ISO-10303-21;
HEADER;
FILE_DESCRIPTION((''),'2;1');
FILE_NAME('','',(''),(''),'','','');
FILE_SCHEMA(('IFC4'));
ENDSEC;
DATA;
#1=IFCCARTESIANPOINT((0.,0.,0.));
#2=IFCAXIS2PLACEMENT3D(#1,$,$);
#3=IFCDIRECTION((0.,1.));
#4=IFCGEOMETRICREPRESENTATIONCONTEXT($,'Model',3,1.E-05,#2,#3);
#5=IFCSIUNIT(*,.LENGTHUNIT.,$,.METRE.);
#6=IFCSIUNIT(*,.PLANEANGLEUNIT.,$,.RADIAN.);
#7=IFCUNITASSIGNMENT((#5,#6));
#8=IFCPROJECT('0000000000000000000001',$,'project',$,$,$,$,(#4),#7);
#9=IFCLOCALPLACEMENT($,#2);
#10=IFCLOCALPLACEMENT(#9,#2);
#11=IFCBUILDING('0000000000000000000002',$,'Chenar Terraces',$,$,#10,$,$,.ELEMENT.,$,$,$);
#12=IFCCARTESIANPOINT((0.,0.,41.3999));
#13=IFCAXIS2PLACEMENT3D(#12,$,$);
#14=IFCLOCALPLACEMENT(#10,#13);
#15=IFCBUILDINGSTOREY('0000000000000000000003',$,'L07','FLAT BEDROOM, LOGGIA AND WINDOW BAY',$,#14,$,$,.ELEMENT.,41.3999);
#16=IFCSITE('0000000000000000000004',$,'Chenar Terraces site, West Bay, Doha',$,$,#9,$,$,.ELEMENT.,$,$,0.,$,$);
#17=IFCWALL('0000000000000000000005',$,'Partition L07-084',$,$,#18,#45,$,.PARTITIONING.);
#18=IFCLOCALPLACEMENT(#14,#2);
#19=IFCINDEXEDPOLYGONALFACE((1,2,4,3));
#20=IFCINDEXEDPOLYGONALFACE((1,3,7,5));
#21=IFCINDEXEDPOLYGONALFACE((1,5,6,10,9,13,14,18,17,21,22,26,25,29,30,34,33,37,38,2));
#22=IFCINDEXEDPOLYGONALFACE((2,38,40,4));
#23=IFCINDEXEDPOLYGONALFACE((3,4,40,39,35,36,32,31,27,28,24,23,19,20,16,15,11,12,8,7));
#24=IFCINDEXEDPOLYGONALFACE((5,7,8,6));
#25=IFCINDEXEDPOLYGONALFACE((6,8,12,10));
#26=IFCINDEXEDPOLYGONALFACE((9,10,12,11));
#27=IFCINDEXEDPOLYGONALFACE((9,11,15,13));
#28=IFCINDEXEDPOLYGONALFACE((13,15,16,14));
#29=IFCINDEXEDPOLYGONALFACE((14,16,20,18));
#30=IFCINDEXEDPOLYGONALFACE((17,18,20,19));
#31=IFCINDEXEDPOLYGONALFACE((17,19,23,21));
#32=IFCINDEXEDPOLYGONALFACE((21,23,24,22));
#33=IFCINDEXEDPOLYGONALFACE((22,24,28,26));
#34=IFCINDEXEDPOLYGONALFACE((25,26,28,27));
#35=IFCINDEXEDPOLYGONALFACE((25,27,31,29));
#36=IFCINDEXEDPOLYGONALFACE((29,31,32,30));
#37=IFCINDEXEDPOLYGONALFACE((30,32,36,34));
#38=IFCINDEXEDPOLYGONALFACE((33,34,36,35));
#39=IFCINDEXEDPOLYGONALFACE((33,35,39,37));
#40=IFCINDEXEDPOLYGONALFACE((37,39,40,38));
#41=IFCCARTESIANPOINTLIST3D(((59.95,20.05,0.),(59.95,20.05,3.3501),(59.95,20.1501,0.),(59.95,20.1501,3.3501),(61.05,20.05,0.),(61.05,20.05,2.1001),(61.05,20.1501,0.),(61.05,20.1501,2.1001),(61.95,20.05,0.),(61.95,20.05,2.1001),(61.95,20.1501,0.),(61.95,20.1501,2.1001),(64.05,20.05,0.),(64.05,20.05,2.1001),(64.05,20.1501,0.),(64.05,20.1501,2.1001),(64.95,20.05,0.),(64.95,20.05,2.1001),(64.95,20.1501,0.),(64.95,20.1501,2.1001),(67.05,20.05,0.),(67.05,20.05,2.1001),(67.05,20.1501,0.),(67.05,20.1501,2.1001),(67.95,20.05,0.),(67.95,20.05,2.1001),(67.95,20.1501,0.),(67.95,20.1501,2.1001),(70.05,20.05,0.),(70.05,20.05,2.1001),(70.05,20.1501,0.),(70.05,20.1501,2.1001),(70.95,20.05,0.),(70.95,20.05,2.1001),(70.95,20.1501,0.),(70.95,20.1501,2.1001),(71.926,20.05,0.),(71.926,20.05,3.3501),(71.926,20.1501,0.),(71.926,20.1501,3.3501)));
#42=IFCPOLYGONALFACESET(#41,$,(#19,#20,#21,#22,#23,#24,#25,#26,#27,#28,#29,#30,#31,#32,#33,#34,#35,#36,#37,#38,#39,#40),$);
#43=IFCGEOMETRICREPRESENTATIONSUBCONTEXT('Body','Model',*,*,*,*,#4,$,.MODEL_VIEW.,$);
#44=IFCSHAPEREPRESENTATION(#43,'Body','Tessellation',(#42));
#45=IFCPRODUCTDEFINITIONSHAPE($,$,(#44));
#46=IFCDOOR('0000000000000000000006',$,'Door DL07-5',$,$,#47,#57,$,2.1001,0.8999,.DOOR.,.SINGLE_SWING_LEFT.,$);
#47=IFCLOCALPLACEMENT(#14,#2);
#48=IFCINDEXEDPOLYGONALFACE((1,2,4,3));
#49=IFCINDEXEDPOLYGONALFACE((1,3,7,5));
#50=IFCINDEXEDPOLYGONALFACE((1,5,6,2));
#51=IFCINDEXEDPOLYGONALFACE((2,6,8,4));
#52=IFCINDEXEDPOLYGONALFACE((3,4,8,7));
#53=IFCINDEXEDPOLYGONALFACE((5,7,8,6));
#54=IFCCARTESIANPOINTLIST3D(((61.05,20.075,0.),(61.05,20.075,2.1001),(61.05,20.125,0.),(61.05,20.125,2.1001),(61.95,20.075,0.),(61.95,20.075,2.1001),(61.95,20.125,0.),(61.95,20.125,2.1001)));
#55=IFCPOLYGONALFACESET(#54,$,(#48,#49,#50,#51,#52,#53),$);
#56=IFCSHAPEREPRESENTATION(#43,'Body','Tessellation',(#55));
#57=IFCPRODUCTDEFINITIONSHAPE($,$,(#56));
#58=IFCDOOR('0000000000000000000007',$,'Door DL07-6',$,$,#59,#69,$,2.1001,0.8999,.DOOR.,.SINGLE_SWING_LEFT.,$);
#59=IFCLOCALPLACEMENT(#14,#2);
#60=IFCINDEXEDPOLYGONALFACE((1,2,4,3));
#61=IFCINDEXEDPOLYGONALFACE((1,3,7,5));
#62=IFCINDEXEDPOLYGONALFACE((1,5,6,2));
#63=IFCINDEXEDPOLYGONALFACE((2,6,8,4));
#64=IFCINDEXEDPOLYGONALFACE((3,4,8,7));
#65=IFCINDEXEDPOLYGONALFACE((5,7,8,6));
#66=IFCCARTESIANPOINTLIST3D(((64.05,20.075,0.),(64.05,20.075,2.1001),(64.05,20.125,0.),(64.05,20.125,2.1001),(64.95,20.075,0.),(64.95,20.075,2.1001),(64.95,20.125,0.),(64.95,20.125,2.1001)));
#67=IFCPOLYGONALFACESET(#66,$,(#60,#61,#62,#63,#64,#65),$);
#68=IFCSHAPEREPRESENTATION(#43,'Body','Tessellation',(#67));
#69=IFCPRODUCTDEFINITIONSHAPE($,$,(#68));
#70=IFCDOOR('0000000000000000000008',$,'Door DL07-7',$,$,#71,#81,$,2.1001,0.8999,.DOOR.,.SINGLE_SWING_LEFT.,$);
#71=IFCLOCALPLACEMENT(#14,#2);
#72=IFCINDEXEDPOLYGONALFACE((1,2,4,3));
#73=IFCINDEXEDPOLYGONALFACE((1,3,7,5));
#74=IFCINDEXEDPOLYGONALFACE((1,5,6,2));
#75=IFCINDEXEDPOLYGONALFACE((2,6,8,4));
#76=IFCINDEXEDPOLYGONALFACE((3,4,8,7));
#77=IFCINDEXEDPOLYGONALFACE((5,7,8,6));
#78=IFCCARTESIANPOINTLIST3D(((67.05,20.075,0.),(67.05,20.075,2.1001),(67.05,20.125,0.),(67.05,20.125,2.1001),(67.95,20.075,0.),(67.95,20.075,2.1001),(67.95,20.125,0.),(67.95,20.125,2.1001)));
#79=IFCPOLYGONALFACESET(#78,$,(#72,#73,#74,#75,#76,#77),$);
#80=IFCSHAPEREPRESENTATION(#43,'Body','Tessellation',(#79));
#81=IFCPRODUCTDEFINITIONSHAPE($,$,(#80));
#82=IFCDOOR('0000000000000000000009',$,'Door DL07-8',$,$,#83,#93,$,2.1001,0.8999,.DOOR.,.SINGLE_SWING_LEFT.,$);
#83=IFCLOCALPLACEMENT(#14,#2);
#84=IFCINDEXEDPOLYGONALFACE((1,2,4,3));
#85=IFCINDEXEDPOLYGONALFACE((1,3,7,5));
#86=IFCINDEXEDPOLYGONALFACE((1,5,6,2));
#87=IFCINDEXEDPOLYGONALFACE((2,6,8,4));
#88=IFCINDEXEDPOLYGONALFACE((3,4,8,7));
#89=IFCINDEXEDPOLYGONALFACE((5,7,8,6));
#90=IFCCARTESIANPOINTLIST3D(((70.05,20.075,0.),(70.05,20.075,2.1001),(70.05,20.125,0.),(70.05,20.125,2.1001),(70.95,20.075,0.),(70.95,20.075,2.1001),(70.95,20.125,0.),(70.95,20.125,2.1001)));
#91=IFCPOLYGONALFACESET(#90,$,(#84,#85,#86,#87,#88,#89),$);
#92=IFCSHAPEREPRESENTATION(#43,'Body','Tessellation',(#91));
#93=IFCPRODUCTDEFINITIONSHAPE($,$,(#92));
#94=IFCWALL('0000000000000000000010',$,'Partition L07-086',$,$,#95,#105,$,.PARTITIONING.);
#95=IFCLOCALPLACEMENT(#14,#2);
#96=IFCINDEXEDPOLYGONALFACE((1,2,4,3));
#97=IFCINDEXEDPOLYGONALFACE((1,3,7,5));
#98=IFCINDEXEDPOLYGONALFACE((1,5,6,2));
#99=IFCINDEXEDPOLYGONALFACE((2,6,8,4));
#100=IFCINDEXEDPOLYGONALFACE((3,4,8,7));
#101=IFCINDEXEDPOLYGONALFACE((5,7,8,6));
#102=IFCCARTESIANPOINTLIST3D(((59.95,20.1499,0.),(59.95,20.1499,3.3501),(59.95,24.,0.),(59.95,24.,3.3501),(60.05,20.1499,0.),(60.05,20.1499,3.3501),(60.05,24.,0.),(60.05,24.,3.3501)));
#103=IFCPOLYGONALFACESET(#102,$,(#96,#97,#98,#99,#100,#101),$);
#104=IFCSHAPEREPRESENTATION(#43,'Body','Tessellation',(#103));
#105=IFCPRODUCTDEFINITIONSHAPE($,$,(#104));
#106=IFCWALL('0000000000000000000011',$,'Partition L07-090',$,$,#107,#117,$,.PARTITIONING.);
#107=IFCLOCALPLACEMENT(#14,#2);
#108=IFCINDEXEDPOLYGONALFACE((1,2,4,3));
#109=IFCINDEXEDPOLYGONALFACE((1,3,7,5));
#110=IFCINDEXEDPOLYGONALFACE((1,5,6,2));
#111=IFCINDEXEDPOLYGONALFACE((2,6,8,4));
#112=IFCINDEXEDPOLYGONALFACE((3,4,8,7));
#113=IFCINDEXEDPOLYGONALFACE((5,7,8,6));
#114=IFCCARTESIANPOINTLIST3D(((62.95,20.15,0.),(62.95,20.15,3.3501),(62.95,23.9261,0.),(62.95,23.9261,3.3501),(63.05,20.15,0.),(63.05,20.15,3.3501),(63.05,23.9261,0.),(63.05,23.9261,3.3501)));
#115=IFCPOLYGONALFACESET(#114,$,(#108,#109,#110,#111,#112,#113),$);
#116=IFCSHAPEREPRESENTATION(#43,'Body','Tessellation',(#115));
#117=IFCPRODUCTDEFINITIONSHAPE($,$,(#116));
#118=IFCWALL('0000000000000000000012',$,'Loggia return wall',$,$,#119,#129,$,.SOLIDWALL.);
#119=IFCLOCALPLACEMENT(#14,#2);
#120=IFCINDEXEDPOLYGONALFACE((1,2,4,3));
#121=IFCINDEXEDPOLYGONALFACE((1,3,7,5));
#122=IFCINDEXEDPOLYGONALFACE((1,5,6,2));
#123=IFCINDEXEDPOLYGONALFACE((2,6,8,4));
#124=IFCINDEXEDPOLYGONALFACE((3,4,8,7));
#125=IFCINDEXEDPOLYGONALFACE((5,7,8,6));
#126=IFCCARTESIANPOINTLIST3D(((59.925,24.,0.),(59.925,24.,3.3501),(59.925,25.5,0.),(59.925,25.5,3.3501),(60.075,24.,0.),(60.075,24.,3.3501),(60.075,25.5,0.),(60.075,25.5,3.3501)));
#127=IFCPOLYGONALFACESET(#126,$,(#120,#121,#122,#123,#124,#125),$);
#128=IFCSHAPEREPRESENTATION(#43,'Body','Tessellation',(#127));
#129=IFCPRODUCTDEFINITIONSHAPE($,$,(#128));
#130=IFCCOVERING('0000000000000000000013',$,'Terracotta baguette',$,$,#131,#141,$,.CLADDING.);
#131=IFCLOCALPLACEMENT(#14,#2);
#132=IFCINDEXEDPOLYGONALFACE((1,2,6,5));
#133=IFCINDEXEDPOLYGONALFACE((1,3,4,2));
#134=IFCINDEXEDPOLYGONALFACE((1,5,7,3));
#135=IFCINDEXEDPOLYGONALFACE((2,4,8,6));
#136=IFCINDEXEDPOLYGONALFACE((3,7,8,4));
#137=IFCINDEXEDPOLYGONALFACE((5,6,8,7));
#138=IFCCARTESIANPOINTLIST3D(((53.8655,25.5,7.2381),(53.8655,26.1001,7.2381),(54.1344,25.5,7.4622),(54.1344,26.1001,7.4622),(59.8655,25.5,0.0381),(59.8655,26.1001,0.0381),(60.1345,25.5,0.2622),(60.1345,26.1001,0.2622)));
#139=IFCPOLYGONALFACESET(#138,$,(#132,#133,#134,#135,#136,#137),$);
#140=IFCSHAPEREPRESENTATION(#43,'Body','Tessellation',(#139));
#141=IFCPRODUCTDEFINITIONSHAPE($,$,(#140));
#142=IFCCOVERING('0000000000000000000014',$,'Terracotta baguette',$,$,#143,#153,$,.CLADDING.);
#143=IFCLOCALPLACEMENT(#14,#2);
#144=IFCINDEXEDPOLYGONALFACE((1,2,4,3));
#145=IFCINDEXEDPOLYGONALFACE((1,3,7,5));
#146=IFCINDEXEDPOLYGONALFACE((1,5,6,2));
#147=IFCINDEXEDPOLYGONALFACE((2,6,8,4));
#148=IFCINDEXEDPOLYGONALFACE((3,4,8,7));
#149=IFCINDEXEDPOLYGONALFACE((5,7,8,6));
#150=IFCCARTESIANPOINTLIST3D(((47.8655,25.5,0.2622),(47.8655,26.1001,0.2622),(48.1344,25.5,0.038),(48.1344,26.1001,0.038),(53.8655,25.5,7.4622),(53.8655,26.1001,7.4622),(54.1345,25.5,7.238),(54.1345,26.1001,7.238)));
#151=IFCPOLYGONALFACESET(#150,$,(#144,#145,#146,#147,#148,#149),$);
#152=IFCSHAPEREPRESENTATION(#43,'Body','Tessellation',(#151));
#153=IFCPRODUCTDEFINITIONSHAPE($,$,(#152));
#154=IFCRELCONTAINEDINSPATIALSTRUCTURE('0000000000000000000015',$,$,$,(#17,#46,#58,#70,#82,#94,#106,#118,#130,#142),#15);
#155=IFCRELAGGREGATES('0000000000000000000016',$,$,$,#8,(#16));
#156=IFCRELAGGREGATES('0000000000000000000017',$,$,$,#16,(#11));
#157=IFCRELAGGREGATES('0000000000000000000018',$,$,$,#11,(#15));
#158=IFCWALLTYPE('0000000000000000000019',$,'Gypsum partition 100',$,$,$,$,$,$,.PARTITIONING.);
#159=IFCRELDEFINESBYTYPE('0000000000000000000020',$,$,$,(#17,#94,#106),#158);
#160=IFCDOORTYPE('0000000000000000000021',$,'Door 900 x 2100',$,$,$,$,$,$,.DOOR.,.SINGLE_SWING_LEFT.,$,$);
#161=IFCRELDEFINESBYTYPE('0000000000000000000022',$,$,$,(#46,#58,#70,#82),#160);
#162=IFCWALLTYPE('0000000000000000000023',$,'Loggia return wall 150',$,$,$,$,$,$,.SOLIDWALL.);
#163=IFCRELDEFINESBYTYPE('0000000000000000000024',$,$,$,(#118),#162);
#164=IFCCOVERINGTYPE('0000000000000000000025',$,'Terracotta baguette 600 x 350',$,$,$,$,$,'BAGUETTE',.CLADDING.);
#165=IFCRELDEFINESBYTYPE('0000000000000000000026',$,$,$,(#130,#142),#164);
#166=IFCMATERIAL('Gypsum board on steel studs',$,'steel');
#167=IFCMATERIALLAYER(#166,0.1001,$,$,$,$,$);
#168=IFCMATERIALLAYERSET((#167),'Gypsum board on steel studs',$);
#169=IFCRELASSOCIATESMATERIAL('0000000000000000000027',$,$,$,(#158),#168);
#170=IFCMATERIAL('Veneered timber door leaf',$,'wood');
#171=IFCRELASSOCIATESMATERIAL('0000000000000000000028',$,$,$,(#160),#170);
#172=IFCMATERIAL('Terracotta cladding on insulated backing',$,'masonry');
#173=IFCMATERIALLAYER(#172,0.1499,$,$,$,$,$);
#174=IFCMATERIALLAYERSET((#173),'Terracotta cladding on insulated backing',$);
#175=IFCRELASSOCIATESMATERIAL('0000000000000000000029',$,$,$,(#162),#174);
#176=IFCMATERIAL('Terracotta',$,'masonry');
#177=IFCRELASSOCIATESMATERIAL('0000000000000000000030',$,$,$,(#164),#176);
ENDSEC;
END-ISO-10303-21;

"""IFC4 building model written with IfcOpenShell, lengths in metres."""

from ifc_helpers import new_model, si_unit, direction, frame, frame_2d, origin, origin_2d, place, context, subcontext, project, spatial, rectangle, extrude, material, layer, layer_set, material_profile, profile_set, type_object, element, fill, save


model = new_model("IFC4")

# Units and contexts
model_context = context("Model", 3, precision=1e-05, world=origin(), true_north=direction((0.0, 1.0)))
body_context = subcontext(model_context, "Body", "Model", "MODEL_VIEW")
ifc_project = project(units=[si_unit("LENGTHUNIT", "METRE"), si_unit("PLANEANGLEUNIT", "RADIAN")], contexts=[model_context])

# Site, building, storey
site_placement = place(None, origin())
site = spatial("IfcSite", under=ifc_project, at=site_placement, Name="Chenar Terraces site, West Bay, Doha", CompositionType="ELEMENT", RefElevation=0.0)
building_placement = place(site_placement, origin())
building = spatial("IfcBuilding", under=site, at=building_placement, Name="Chenar Terraces", CompositionType="ELEMENT")
storey_placement = place(building_placement, frame((0.0, 0.0, 41.3999)))
storey = spatial("IfcBuildingStorey", under=building, at=storey_placement, Name="L07", Description="FLAT BEDROOM, LOGGIA AND WINDOW BAY", CompositionType="ELEMENT", Elevation=41.3999)

# Shared definitions
ifc_material_1 = material(Name="Gypsum board on steel studs", Category="steel")
ifc_layer_1 = layer(ifc_material_1, 0.1001)
ifc_layer_set_1 = layer_set([ifc_layer_1], Name="Gypsum board on steel studs")
wall_type_1 = type_object("IfcWallType", Name="Gypsum partition 100", PredefinedType="PARTITIONING", material=ifc_layer_set_1)

# Wall, openings, doors
wall_1_placement = place(storey_placement, frame((59.95, 20.1001, 0.0), z_axis=(0.0, 0.0, 1.0), x_axis=(1.0, 0.0, 0.0)))
wall_1 = element("IfcWall", 1, at=wall_1_placement, inside=storey, type_object=wall_type_1, Name="Partition L07-084", PredefinedType="PARTITIONING", context=body_context, shape_type="SweptSolid", body=[
    extrude(rectangle(XDim=11.9761, YDim=0.1001, at=frame_2d((5.988, 0.0))), origin(), (0.0, 0.0, 1.0), 3.3501),
])
opening_1_placement = place(wall_1_placement, frame((1.1001, 0.0, 0.0)))
opening_1 = element("IfcOpeningElement", 2, at=opening_1_placement, cuts=wall_1, PredefinedType="OPENING", context=body_context, shape_type="SweptSolid", body=[
    extrude(rectangle(XDim=0.8999, YDim=2.1001, at=frame_2d((0.45, 1.05))), frame((0.0, 0.0601, 0.0), z_axis=(0.0, -1.0, 0.0), x_axis=(1.0, 0.0, 0.0)), (0.0, 0.0, 1.0), 0.1201),
])
opening_2_placement = place(wall_1_placement, frame((4.1001, 0.0, 0.0)))
opening_2 = element("IfcOpeningElement", 3, at=opening_2_placement, cuts=wall_1, PredefinedType="OPENING", context=body_context, shape_type="SweptSolid", body=[
    extrude(rectangle(XDim=0.8999, YDim=2.1001, at=frame_2d((0.45, 1.05))), frame((0.0, 0.0601, 0.0), z_axis=(0.0, -1.0, 0.0), x_axis=(1.0, 0.0, 0.0)), (0.0, 0.0, 1.0), 0.1201),
])
opening_3_placement = place(wall_1_placement, frame((7.1001, 0.0, 0.0)))
opening_3 = element("IfcOpeningElement", 4, at=opening_3_placement, cuts=wall_1, PredefinedType="OPENING", context=body_context, shape_type="SweptSolid", body=[
    extrude(rectangle(XDim=0.8999, YDim=2.1001, at=frame_2d((0.45, 1.05))), frame((0.0, 0.0601, 0.0), z_axis=(0.0, -1.0, 0.0), x_axis=(1.0, 0.0, 0.0)), (0.0, 0.0, 1.0), 0.1201),
])
opening_4_placement = place(wall_1_placement, frame((10.1001, 0.0, 0.0)))
opening_4 = element("IfcOpeningElement", 5, at=opening_4_placement, cuts=wall_1, PredefinedType="OPENING", context=body_context, shape_type="SweptSolid", body=[
    extrude(rectangle(XDim=0.8999, YDim=2.1001, at=frame_2d((0.45, 1.05))), frame((0.0, 0.0601, 0.0), z_axis=(0.0, -1.0, 0.0), x_axis=(1.0, 0.0, 0.0)), (0.0, 0.0, 1.0), 0.1201),
])
ifc_material_2 = material(Name="Veneered timber door leaf", Category="wood")
door_type = type_object("IfcDoorType", Name="Door 900 x 2100", OperationType="SINGLE_SWING_LEFT", PredefinedType="DOOR", material=ifc_material_2)
door_1_placement = place(opening_1_placement, origin())
door_1 = element("IfcDoor", 6, at=door_1_placement, inside=storey, type_object=door_type, Name="Door DL07-5", OperationType="SINGLE_SWING_LEFT", OverallHeight=2.1001, OverallWidth=0.8999, PredefinedType="DOOR", context=body_context, shape_type="SweptSolid", body=[
    extrude(rectangle(XDim=0.8999, YDim=2.1001, at=frame_2d((0.45, 1.05))), frame((0.0, 0.0249, 0.0), z_axis=(0.0, -1.0, 0.0), x_axis=(1.0, 0.0, 0.0)), (0.0, 0.0, 1.0), 0.05),
])
fill(opening_1, door_1)
door_2_placement = place(opening_2_placement, origin())
door_2 = element("IfcDoor", 7, at=door_2_placement, inside=storey, type_object=door_type, Name="Door DL07-6", OperationType="SINGLE_SWING_LEFT", OverallHeight=2.1001, OverallWidth=0.8999, PredefinedType="DOOR", context=body_context, shape_type="SweptSolid", body=[
    extrude(rectangle(XDim=0.8999, YDim=2.1001, at=frame_2d((0.45, 1.05))), frame((0.0, 0.0249, 0.0), z_axis=(0.0, -1.0, 0.0), x_axis=(1.0, 0.0, 0.0)), (0.0, 0.0, 1.0), 0.05),
])
fill(opening_2, door_2)
door_3_placement = place(opening_3_placement, origin())
door_3 = element("IfcDoor", 8, at=door_3_placement, inside=storey, type_object=door_type, Name="Door DL07-7", OperationType="SINGLE_SWING_LEFT", OverallHeight=2.1001, OverallWidth=0.8999, PredefinedType="DOOR", context=body_context, shape_type="SweptSolid", body=[
    extrude(rectangle(XDim=0.8999, YDim=2.1001, at=frame_2d((0.45, 1.05))), frame((0.0, 0.0249, 0.0), z_axis=(0.0, -1.0, 0.0), x_axis=(1.0, 0.0, 0.0)), (0.0, 0.0, 1.0), 0.05),
])
fill(opening_3, door_3)
door_4_placement = place(opening_4_placement, origin())
door_4 = element("IfcDoor", 9, at=door_4_placement, inside=storey, type_object=door_type, Name="Door DL07-8", OperationType="SINGLE_SWING_LEFT", OverallHeight=2.1001, OverallWidth=0.8999, PredefinedType="DOOR", context=body_context, shape_type="SweptSolid", body=[
    extrude(rectangle(XDim=0.8999, YDim=2.1001, at=frame_2d((0.45, 1.05))), frame((0.0, 0.0249, 0.0), z_axis=(0.0, -1.0, 0.0), x_axis=(1.0, 0.0, 0.0)), (0.0, 0.0, 1.0), 0.05),
])
fill(opening_4, door_4)

# Walls
wall_2_placement = place(storey_placement, frame((60.0, 20.1499, 0.0), z_axis=(0.0, 0.0, 1.0), x_axis=(0.0, 1.0, 0.0)))
element("IfcWall", 10, at=wall_2_placement, inside=storey, type_object=wall_type_1, Name="Partition L07-086", PredefinedType="PARTITIONING", context=body_context, shape_type="SweptSolid", body=[
    extrude(rectangle(XDim=3.8501, YDim=0.1001, at=frame_2d((1.925, 0.0))), origin(), (0.0, 0.0, 1.0), 3.3501),
])
wall_3_placement = place(storey_placement, frame((63.0, 20.1499, 0.0), z_axis=(0.0, 0.0, 1.0), x_axis=(0.0, 1.0, 0.0)))
element("IfcWall", 11, at=wall_3_placement, inside=storey, type_object=wall_type_1, Name="Partition L07-090", PredefinedType="PARTITIONING", context=body_context, shape_type="SweptSolid", body=[
    extrude(rectangle(XDim=3.7761, YDim=0.1001, at=frame_2d((1.8882, 0.0))), origin(), (0.0, 0.0, 1.0), 3.3501),
])
ifc_material_3 = material(Name="Terracotta cladding on insulated backing", Category="masonry")
ifc_layer_2 = layer(ifc_material_3, 0.1499)
ifc_layer_set_2 = layer_set([ifc_layer_2], Name="Terracotta cladding on insulated backing")
wall_type_2 = type_object("IfcWallType", Name="Loggia return wall 150", PredefinedType="SOLIDWALL", material=ifc_layer_set_2)
wall_4_placement = place(storey_placement, frame((60.0, 25.5, 0.0), z_axis=(0.0, 0.0, 1.0), x_axis=(0.0, -1.0, 0.0)))
element("IfcWall", 12, at=wall_4_placement, inside=storey, type_object=wall_type_2, Name="Loggia return wall", PredefinedType="SOLIDWALL", context=body_context, shape_type="SweptSolid", body=[
    extrude(rectangle(XDim=1.5, YDim=0.1499, at=frame_2d((0.75, 0.0))), origin(), (0.0, 0.0, 1.0), 3.3501),
])

# Coverings
ifc_material_4 = material(Name="Terracotta", Category="masonry")
ifc_material_profile_1 = material_profile(ifc_material_4, rectangle(XDim=0.6001, YDim=0.3501, at=origin_2d()), Name="Terracotta baguette 600 x 350")
ifc_profile_set_1 = profile_set([ifc_material_profile_1], Name="Terracotta")
covering_type = type_object("IfcCoveringType", Name="Terracotta baguette 600 x 350", ElementType="BAGUETTE", PredefinedType="CLADDING", material=ifc_profile_set_1)
for number, where, z_axis, x_axis, name in (
    (13, (60.0, 25.8, 0.1501), (-0.640187, 0.0, 0.768219), (0.0, -1.0, 0.0), "Terracotta baguette"),
    (14, (54.0, 25.8, 7.3501), (-0.640187, 0.0, -0.768219), (0.0, -1.0, 0.0), "Terracotta baguette"),
):
    element("IfcCovering", number, at=place(storey_placement, frame(where, z_axis=z_axis, x_axis=x_axis)), inside=storey, type_object=covering_type, Name=name, PredefinedType="CLADDING", context=body_context, shape_type="SweptSolid", body=[
        extrude(rectangle(XDim=0.6001, YDim=0.3501, at=origin_2d()), origin(), (0.0, 0.0, 1.0), 9.3723),
    ])

save(model, "model.ifc")
